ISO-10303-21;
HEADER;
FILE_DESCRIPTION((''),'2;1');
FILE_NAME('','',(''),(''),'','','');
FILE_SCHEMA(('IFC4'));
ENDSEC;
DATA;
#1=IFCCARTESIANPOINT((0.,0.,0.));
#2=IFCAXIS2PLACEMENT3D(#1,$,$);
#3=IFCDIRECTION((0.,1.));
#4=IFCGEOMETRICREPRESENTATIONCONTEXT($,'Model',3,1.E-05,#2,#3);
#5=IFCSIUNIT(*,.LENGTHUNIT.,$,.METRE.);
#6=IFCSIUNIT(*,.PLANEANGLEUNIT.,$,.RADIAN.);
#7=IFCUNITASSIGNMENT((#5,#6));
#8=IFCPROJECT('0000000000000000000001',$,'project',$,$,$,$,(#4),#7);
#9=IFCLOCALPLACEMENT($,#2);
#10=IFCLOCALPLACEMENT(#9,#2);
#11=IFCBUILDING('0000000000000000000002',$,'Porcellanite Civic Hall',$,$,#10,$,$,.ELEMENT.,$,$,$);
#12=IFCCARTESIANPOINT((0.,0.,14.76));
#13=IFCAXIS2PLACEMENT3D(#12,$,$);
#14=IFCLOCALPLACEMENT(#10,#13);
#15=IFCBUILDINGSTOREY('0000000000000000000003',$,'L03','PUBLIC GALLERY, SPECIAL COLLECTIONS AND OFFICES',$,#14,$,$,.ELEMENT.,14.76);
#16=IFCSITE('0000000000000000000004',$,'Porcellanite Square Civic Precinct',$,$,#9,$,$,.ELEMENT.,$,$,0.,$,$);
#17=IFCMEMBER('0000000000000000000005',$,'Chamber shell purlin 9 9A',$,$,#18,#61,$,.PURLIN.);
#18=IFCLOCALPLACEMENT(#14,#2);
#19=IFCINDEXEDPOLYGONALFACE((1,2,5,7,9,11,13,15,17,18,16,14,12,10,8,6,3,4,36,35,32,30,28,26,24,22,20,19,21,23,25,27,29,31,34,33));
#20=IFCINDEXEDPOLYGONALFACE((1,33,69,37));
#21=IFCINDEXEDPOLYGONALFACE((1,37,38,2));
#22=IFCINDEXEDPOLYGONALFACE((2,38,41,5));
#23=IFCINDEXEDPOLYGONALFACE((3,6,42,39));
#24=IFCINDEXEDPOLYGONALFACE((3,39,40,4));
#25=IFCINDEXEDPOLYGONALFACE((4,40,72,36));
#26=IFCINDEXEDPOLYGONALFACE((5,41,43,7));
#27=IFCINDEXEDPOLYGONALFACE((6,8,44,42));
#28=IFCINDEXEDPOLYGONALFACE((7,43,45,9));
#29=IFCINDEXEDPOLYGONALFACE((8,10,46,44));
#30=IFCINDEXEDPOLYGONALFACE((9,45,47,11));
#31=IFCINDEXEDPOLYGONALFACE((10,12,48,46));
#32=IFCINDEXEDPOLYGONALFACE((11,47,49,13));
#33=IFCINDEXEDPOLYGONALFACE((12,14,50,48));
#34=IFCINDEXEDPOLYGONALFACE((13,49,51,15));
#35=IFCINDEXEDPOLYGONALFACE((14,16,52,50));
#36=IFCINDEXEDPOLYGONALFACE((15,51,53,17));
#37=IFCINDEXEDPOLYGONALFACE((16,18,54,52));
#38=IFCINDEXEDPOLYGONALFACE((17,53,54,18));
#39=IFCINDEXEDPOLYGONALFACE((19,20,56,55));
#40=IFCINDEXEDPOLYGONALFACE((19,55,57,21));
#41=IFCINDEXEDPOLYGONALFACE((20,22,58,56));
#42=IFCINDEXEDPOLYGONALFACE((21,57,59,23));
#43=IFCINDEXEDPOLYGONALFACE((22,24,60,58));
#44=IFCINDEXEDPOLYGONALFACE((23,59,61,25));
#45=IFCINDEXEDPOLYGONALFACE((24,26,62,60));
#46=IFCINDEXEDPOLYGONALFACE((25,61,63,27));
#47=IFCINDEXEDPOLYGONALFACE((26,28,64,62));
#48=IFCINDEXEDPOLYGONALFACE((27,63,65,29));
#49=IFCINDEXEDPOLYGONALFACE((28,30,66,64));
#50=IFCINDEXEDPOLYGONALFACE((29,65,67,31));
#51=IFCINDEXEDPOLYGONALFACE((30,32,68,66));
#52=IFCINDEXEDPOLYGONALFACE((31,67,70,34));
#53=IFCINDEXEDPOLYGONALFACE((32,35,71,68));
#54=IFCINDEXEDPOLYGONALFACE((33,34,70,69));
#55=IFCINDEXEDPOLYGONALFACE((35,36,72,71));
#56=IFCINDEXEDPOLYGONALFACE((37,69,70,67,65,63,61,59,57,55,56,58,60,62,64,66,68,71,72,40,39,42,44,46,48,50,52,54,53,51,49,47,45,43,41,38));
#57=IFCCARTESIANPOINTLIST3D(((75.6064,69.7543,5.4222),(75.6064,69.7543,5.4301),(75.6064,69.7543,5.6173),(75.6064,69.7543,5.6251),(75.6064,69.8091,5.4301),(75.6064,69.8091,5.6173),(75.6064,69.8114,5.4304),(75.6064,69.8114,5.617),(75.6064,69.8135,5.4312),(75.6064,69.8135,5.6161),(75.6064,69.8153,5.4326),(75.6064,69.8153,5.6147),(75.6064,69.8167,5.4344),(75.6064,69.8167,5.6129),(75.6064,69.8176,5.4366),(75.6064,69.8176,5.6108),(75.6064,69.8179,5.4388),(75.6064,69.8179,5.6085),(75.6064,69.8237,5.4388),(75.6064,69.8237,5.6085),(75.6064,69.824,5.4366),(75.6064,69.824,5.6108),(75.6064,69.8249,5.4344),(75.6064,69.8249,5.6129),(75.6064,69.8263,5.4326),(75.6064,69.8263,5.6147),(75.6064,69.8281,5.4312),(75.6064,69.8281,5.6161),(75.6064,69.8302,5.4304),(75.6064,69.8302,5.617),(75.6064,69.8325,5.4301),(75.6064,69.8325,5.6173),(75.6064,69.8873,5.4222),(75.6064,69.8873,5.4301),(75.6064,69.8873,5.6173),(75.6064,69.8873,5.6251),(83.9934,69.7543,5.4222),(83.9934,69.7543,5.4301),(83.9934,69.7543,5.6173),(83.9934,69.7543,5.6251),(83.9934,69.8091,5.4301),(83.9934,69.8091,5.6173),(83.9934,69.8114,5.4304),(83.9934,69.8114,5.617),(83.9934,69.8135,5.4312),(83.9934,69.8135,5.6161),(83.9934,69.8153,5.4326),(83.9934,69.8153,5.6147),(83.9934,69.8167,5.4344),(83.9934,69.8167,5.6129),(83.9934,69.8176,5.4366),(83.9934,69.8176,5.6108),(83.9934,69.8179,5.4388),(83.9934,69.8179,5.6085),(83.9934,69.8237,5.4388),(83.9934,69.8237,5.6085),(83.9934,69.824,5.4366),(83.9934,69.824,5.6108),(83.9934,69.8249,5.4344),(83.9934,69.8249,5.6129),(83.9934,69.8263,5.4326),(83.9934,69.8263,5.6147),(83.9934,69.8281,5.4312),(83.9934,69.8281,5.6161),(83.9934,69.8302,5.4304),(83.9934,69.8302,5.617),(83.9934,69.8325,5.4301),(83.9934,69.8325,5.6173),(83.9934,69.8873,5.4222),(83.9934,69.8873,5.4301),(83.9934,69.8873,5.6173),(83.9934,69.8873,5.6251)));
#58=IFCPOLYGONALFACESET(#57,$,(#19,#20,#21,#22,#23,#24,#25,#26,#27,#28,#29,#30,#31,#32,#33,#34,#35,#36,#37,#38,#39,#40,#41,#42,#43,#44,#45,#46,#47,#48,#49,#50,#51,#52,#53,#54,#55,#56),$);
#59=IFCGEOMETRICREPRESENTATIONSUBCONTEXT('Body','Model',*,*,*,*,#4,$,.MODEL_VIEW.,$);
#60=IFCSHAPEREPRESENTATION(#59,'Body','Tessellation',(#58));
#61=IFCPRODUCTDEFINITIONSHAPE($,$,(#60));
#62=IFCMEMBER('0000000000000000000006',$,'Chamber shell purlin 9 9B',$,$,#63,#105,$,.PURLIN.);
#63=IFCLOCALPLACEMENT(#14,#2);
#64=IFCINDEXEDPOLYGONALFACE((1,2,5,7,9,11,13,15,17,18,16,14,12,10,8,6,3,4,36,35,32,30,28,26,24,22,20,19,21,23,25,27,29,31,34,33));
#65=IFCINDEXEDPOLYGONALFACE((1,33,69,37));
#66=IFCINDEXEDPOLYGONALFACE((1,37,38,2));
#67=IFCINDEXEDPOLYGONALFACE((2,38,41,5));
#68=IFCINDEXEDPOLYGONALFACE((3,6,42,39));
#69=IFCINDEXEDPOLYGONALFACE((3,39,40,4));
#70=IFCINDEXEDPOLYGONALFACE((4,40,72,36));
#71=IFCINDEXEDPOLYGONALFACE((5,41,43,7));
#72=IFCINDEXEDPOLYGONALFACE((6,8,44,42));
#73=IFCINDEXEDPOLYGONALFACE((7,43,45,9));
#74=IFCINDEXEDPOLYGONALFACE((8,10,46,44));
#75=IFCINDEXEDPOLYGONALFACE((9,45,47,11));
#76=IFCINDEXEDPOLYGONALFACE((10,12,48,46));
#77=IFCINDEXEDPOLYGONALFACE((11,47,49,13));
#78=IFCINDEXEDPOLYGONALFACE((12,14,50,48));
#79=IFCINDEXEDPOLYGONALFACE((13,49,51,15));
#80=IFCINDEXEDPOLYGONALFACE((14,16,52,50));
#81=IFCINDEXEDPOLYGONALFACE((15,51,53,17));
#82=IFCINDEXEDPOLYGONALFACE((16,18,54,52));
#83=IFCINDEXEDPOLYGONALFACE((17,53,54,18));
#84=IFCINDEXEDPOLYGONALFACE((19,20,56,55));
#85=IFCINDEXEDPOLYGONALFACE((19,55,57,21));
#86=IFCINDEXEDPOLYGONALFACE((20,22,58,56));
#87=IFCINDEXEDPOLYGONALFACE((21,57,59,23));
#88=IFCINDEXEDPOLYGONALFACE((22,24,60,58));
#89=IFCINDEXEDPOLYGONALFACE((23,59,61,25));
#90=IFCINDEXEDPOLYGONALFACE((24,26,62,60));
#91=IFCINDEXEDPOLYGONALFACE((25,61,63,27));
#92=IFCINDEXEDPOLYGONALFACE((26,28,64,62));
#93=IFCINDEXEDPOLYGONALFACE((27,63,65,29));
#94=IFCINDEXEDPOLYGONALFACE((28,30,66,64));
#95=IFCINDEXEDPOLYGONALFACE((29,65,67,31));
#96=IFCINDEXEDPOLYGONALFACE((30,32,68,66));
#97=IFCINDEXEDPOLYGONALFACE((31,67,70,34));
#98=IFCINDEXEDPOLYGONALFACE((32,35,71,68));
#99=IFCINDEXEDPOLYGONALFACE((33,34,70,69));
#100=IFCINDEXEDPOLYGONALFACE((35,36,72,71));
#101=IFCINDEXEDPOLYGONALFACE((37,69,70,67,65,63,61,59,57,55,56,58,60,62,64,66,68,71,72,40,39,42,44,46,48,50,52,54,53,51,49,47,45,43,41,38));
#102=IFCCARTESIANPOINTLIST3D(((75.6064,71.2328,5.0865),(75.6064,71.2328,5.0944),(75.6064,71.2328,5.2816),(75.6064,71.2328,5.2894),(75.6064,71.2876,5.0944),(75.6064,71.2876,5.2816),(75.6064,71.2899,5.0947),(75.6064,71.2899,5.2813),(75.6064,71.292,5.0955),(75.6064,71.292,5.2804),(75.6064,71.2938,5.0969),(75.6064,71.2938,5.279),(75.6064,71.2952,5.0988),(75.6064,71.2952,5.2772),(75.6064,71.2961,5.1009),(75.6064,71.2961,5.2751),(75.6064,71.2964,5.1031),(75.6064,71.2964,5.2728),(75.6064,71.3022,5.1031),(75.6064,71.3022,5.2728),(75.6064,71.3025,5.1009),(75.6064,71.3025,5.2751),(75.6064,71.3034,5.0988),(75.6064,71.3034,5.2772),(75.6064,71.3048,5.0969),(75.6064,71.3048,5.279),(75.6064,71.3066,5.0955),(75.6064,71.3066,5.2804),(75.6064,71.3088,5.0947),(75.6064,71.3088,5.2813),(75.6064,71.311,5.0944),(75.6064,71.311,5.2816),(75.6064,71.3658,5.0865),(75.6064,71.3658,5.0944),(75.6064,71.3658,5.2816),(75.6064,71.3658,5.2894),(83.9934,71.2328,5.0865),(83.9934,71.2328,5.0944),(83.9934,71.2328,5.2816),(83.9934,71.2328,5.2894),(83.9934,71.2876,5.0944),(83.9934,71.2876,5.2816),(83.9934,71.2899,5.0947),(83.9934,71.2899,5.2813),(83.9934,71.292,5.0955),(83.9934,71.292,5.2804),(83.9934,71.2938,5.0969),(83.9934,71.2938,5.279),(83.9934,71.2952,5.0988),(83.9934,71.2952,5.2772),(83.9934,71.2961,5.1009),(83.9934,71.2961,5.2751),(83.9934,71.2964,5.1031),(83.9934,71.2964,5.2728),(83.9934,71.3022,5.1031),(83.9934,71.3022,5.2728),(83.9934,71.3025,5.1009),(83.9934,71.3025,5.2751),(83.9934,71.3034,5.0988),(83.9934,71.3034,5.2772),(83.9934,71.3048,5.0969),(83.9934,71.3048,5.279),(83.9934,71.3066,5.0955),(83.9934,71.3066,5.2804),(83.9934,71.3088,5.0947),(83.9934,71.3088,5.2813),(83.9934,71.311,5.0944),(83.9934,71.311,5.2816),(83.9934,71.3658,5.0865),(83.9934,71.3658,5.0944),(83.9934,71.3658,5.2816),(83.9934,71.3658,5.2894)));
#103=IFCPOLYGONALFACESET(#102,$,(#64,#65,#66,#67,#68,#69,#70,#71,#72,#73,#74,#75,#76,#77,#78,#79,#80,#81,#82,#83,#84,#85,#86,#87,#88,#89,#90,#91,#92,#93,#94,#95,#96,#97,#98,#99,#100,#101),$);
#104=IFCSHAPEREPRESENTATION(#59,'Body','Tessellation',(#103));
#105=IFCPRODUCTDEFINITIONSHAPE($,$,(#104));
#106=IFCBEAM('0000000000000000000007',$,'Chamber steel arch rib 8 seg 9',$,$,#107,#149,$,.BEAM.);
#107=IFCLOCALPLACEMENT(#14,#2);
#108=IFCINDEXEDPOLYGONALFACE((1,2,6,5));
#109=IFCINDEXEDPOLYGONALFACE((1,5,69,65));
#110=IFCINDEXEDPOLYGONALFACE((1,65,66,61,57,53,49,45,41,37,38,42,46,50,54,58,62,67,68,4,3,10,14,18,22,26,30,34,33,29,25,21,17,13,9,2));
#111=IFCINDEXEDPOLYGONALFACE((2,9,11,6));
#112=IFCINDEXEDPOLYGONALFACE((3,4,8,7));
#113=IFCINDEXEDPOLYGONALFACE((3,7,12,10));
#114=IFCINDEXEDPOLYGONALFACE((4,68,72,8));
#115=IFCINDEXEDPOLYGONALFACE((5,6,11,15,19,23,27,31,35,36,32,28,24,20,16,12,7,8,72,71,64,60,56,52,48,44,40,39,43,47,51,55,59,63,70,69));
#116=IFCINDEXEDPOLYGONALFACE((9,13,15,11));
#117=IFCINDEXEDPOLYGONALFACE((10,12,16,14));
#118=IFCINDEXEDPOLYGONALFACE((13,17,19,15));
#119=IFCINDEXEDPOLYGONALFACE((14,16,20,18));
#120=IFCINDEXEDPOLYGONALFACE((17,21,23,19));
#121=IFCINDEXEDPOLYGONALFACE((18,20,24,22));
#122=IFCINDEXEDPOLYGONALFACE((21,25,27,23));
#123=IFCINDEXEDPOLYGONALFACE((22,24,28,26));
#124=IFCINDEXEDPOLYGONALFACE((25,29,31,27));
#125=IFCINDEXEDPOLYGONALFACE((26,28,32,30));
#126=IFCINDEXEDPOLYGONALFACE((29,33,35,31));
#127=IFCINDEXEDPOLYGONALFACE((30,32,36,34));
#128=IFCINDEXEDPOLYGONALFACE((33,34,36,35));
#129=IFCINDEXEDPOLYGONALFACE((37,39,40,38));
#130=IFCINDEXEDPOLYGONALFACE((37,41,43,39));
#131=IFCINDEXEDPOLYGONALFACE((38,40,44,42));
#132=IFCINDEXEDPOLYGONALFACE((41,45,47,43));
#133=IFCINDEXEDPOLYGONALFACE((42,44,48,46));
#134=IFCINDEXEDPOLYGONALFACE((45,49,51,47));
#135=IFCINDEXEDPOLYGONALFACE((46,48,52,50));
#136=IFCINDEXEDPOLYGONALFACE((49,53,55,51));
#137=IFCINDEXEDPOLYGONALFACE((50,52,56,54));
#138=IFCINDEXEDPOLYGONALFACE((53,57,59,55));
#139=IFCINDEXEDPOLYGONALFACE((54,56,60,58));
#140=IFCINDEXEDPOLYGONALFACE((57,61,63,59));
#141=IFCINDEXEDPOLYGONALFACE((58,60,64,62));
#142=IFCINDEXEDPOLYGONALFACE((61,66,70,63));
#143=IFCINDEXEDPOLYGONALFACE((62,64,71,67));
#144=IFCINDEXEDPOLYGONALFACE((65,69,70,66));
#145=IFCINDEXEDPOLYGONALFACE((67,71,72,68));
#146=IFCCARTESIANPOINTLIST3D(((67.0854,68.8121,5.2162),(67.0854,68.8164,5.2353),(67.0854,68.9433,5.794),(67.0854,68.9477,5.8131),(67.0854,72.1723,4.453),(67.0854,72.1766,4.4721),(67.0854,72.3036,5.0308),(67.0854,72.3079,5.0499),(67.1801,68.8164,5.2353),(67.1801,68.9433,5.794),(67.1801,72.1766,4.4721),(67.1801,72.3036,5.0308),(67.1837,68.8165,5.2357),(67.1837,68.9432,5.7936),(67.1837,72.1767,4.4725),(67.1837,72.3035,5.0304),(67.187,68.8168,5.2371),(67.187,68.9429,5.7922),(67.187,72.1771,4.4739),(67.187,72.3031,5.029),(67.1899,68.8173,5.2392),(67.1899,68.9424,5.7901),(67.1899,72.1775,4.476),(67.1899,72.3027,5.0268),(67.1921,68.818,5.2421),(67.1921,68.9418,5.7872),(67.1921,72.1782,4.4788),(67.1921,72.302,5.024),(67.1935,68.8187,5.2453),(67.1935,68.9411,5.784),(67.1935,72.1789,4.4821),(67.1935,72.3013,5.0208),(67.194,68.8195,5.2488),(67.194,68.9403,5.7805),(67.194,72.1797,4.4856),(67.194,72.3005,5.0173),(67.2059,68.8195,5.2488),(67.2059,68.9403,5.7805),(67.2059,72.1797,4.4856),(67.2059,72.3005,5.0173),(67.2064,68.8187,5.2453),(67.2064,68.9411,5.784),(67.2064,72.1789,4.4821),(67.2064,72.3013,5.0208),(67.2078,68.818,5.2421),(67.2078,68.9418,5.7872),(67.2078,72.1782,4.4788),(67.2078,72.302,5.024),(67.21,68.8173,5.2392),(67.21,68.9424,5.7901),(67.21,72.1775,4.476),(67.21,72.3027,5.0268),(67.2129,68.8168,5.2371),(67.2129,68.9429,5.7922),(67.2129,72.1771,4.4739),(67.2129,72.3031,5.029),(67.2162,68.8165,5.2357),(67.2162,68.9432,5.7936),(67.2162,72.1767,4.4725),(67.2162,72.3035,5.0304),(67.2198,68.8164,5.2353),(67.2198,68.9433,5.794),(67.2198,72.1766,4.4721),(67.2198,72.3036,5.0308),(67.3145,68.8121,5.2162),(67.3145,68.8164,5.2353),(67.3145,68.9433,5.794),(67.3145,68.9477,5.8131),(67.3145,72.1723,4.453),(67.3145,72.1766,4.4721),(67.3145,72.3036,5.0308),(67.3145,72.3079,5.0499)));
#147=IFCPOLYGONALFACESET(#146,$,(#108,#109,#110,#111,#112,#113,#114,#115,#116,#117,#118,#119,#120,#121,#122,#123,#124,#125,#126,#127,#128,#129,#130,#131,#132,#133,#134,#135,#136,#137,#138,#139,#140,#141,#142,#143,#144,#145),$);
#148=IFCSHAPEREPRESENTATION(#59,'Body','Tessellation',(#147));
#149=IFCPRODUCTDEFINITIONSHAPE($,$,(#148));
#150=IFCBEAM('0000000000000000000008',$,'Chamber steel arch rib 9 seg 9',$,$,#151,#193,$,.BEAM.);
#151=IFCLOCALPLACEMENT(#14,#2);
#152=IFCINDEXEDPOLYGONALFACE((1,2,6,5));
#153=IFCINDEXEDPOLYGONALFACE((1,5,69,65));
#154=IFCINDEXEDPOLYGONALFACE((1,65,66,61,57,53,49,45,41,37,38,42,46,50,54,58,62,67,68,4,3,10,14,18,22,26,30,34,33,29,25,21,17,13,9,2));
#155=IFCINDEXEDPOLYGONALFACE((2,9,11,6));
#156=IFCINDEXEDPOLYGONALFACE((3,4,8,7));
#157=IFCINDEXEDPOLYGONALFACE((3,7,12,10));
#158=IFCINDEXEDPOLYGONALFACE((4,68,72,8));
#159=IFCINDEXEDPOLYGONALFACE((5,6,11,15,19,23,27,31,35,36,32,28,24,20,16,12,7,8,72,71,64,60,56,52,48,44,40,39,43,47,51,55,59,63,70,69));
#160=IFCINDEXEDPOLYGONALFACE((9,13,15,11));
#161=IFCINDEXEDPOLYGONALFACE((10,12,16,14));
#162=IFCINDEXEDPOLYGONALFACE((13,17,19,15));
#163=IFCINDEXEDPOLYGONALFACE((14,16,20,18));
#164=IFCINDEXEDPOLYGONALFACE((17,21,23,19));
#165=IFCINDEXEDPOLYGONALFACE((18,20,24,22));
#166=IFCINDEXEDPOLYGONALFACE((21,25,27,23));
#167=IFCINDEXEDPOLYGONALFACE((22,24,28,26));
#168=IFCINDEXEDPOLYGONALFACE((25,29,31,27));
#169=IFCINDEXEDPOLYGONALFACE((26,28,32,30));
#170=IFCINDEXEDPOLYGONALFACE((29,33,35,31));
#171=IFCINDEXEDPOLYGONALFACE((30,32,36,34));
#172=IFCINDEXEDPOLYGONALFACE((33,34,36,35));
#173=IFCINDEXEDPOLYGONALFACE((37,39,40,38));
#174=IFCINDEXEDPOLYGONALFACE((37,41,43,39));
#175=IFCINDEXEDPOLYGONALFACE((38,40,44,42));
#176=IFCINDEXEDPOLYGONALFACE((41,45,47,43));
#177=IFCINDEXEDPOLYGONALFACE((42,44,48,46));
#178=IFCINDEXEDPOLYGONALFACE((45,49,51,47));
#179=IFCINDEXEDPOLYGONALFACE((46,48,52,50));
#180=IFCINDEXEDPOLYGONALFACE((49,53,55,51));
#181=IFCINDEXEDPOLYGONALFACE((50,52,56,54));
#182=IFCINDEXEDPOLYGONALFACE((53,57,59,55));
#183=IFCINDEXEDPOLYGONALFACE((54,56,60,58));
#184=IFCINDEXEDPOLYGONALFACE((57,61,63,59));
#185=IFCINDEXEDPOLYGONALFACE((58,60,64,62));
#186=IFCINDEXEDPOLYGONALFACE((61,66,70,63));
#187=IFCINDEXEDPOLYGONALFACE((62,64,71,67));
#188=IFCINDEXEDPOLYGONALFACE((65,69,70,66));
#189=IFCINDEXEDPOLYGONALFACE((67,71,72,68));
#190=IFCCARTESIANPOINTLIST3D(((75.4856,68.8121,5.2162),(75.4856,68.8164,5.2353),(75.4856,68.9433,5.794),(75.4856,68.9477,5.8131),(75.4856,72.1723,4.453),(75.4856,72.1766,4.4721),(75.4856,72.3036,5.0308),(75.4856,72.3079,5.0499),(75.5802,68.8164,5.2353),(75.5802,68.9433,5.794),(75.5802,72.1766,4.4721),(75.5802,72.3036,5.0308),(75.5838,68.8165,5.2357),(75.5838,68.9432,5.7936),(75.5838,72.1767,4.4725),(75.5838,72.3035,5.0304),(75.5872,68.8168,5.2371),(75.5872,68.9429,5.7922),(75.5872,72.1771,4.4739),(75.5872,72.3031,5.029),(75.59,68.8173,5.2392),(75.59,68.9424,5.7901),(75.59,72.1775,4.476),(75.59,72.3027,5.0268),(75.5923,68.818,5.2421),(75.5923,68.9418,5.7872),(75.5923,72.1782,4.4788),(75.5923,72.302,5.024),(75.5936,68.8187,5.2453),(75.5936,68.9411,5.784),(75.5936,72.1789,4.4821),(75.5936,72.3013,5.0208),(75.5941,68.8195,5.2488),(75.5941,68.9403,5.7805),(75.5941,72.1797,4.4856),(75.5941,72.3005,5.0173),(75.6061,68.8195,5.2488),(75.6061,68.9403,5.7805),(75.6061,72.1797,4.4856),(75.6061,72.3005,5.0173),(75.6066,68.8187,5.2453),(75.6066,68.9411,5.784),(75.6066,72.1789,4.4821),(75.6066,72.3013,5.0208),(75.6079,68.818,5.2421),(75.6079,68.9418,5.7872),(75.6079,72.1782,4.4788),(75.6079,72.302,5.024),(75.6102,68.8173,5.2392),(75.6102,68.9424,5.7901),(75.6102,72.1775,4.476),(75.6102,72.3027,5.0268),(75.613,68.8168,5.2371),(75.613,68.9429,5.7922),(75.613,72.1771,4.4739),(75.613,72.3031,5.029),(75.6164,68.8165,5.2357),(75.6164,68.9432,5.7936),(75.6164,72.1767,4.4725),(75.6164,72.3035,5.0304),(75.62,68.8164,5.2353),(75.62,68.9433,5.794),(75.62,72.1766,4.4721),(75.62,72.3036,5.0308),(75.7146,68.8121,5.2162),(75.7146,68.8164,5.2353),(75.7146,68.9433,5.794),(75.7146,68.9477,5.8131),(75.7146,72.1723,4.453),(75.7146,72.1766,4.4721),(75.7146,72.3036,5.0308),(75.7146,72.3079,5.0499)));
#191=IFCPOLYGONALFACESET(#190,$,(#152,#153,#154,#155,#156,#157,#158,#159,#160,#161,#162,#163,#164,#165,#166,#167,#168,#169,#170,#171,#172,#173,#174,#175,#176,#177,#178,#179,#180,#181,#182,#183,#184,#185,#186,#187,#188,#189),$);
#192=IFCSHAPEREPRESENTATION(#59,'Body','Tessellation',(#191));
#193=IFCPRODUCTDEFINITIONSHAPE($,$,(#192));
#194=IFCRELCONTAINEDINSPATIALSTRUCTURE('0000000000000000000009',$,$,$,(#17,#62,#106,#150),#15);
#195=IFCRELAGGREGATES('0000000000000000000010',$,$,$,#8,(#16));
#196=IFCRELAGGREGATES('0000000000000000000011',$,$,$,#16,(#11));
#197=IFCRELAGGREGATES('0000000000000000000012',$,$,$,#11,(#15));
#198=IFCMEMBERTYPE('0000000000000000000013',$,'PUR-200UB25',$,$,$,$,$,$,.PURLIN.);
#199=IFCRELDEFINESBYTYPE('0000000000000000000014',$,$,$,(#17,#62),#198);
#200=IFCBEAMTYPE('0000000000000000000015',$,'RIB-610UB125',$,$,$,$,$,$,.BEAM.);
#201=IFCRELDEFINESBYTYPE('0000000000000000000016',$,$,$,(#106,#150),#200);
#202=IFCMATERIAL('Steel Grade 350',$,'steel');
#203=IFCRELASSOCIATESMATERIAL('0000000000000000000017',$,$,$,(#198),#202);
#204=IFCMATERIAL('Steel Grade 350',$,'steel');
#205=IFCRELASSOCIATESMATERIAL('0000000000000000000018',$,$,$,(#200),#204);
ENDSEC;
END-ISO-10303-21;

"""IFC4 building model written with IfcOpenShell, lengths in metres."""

from ifc_helpers import new_model, si_unit, direction, frame, origin, origin_2d, place, context, subcontext, project, spatial, i_section, extrude, material, material_profile, profile_set, type_object, element, save


model = new_model("IFC4")

# Units and contexts
model_context = context("Model", 3, precision=1e-05, world=origin(), true_north=direction((0.0, 1.0)))
body_context = subcontext(model_context, "Body", "Model", "MODEL_VIEW")
ifc_project = project(units=[si_unit("LENGTHUNIT", "METRE"), si_unit("PLANEANGLEUNIT", "RADIAN")], contexts=[model_context])

# Site, building, storey
site_placement = place(None, origin())
site = spatial("IfcSite", under=ifc_project, at=site_placement, Name="Porcellanite Square Civic Precinct", CompositionType="ELEMENT", RefElevation=0.0)
building_placement = place(site_placement, origin())
building = spatial("IfcBuilding", under=site, at=building_placement, Name="Porcellanite Civic Hall", CompositionType="ELEMENT")
storey_placement = place(building_placement, frame((0.0, 0.0, 14.76)))
storey = spatial("IfcBuildingStorey", under=building, at=storey_placement, Name="L03", Description="PUBLIC GALLERY, SPECIAL COLLECTIONS AND OFFICES", CompositionType="ELEMENT", Elevation=14.76)

# Members
ifc_material_1 = material(Name="Steel Grade 350", Category="steel")
ifc_material_profile_1 = material_profile(ifc_material_1, i_section(OverallWidth=0.1331, OverallDepth=0.2029, WebThickness=0.0059, FlangeThickness=0.0078, FilletRadius=0.0088, at=origin_2d()), Name="200UB25.4")
ifc_profile_set_1 = profile_set([ifc_material_profile_1], Name="Steel Grade 350")
member_type_1 = type_object("IfcMemberType", Name="PUR-200UB25", PredefinedType="PURLIN", material=ifc_profile_set_1)
for number, where, z_axis, x_axis, name in (
    (1, (75.6064, 69.8208, 5.5237), (1.0, 0.0, 0.0), (0.0, 1.0, 0.0), "Chamber shell purlin 9 9A"),
    (2, (75.6064, 71.2993, 5.188), (1.0, 0.0, 0.0), (0.0, 1.0, 0.0), "Chamber shell purlin 9 9B"),
):
    element("IfcMember", number, at=place(storey_placement, frame(where, z_axis=z_axis, x_axis=x_axis)), inside=storey, type_object=member_type_1, Name=name, PredefinedType="PURLIN", context=body_context, shape_type="SweptSolid", body=[
        extrude(i_section(OverallWidth=0.1331, OverallDepth=0.2029, WebThickness=0.0059, FlangeThickness=0.0078, FilletRadius=0.0088, at=origin_2d()), origin(), (0.0, 0.0, 1.0), 8.387),
    ])

# Beams
ifc_material_2 = material(Name="Steel Grade 350", Category="steel")
ifc_material_profile_2 = material_profile(ifc_material_2, i_section(OverallWidth=0.229, OverallDepth=0.6121, WebThickness=0.012, FlangeThickness=0.0195, FilletRadius=0.0139, at=origin_2d()), Name="610UB125")
ifc_profile_set_2 = profile_set([ifc_material_profile_2], Name="Steel Grade 350")
beam_type_1 = type_object("IfcBeamType", Name="RIB-610UB125", PredefinedType="BEAM", material=ifc_profile_set_2)
for number, where, z_axis, x_axis, name in (
    (3, (67.2, 68.8799, 5.5146), (0.0, 0.975163, -0.221489), (-1.0, 0.0, 0.0), "Chamber steel arch rib 8 seg 9"),
    (4, (75.6001, 68.8799, 5.5146), (0.0, 0.975163, -0.221489), (-1.0, 0.0, 0.0), "Chamber steel arch rib 9 seg 9"),
):
    element("IfcBeam", number, at=place(storey_placement, frame(where, z_axis=z_axis, x_axis=x_axis)), inside=storey, type_object=beam_type_1, Name=name, PredefinedType="BEAM", context=body_context, shape_type="SweptSolid", body=[
        extrude(i_section(OverallWidth=0.229, OverallDepth=0.6121, WebThickness=0.012, FlangeThickness=0.0195, FilletRadius=0.0139, at=origin_2d()), origin(), (0.0, 0.0, 1.0), 3.4458),
    ])

save(model, "model.ifc")
